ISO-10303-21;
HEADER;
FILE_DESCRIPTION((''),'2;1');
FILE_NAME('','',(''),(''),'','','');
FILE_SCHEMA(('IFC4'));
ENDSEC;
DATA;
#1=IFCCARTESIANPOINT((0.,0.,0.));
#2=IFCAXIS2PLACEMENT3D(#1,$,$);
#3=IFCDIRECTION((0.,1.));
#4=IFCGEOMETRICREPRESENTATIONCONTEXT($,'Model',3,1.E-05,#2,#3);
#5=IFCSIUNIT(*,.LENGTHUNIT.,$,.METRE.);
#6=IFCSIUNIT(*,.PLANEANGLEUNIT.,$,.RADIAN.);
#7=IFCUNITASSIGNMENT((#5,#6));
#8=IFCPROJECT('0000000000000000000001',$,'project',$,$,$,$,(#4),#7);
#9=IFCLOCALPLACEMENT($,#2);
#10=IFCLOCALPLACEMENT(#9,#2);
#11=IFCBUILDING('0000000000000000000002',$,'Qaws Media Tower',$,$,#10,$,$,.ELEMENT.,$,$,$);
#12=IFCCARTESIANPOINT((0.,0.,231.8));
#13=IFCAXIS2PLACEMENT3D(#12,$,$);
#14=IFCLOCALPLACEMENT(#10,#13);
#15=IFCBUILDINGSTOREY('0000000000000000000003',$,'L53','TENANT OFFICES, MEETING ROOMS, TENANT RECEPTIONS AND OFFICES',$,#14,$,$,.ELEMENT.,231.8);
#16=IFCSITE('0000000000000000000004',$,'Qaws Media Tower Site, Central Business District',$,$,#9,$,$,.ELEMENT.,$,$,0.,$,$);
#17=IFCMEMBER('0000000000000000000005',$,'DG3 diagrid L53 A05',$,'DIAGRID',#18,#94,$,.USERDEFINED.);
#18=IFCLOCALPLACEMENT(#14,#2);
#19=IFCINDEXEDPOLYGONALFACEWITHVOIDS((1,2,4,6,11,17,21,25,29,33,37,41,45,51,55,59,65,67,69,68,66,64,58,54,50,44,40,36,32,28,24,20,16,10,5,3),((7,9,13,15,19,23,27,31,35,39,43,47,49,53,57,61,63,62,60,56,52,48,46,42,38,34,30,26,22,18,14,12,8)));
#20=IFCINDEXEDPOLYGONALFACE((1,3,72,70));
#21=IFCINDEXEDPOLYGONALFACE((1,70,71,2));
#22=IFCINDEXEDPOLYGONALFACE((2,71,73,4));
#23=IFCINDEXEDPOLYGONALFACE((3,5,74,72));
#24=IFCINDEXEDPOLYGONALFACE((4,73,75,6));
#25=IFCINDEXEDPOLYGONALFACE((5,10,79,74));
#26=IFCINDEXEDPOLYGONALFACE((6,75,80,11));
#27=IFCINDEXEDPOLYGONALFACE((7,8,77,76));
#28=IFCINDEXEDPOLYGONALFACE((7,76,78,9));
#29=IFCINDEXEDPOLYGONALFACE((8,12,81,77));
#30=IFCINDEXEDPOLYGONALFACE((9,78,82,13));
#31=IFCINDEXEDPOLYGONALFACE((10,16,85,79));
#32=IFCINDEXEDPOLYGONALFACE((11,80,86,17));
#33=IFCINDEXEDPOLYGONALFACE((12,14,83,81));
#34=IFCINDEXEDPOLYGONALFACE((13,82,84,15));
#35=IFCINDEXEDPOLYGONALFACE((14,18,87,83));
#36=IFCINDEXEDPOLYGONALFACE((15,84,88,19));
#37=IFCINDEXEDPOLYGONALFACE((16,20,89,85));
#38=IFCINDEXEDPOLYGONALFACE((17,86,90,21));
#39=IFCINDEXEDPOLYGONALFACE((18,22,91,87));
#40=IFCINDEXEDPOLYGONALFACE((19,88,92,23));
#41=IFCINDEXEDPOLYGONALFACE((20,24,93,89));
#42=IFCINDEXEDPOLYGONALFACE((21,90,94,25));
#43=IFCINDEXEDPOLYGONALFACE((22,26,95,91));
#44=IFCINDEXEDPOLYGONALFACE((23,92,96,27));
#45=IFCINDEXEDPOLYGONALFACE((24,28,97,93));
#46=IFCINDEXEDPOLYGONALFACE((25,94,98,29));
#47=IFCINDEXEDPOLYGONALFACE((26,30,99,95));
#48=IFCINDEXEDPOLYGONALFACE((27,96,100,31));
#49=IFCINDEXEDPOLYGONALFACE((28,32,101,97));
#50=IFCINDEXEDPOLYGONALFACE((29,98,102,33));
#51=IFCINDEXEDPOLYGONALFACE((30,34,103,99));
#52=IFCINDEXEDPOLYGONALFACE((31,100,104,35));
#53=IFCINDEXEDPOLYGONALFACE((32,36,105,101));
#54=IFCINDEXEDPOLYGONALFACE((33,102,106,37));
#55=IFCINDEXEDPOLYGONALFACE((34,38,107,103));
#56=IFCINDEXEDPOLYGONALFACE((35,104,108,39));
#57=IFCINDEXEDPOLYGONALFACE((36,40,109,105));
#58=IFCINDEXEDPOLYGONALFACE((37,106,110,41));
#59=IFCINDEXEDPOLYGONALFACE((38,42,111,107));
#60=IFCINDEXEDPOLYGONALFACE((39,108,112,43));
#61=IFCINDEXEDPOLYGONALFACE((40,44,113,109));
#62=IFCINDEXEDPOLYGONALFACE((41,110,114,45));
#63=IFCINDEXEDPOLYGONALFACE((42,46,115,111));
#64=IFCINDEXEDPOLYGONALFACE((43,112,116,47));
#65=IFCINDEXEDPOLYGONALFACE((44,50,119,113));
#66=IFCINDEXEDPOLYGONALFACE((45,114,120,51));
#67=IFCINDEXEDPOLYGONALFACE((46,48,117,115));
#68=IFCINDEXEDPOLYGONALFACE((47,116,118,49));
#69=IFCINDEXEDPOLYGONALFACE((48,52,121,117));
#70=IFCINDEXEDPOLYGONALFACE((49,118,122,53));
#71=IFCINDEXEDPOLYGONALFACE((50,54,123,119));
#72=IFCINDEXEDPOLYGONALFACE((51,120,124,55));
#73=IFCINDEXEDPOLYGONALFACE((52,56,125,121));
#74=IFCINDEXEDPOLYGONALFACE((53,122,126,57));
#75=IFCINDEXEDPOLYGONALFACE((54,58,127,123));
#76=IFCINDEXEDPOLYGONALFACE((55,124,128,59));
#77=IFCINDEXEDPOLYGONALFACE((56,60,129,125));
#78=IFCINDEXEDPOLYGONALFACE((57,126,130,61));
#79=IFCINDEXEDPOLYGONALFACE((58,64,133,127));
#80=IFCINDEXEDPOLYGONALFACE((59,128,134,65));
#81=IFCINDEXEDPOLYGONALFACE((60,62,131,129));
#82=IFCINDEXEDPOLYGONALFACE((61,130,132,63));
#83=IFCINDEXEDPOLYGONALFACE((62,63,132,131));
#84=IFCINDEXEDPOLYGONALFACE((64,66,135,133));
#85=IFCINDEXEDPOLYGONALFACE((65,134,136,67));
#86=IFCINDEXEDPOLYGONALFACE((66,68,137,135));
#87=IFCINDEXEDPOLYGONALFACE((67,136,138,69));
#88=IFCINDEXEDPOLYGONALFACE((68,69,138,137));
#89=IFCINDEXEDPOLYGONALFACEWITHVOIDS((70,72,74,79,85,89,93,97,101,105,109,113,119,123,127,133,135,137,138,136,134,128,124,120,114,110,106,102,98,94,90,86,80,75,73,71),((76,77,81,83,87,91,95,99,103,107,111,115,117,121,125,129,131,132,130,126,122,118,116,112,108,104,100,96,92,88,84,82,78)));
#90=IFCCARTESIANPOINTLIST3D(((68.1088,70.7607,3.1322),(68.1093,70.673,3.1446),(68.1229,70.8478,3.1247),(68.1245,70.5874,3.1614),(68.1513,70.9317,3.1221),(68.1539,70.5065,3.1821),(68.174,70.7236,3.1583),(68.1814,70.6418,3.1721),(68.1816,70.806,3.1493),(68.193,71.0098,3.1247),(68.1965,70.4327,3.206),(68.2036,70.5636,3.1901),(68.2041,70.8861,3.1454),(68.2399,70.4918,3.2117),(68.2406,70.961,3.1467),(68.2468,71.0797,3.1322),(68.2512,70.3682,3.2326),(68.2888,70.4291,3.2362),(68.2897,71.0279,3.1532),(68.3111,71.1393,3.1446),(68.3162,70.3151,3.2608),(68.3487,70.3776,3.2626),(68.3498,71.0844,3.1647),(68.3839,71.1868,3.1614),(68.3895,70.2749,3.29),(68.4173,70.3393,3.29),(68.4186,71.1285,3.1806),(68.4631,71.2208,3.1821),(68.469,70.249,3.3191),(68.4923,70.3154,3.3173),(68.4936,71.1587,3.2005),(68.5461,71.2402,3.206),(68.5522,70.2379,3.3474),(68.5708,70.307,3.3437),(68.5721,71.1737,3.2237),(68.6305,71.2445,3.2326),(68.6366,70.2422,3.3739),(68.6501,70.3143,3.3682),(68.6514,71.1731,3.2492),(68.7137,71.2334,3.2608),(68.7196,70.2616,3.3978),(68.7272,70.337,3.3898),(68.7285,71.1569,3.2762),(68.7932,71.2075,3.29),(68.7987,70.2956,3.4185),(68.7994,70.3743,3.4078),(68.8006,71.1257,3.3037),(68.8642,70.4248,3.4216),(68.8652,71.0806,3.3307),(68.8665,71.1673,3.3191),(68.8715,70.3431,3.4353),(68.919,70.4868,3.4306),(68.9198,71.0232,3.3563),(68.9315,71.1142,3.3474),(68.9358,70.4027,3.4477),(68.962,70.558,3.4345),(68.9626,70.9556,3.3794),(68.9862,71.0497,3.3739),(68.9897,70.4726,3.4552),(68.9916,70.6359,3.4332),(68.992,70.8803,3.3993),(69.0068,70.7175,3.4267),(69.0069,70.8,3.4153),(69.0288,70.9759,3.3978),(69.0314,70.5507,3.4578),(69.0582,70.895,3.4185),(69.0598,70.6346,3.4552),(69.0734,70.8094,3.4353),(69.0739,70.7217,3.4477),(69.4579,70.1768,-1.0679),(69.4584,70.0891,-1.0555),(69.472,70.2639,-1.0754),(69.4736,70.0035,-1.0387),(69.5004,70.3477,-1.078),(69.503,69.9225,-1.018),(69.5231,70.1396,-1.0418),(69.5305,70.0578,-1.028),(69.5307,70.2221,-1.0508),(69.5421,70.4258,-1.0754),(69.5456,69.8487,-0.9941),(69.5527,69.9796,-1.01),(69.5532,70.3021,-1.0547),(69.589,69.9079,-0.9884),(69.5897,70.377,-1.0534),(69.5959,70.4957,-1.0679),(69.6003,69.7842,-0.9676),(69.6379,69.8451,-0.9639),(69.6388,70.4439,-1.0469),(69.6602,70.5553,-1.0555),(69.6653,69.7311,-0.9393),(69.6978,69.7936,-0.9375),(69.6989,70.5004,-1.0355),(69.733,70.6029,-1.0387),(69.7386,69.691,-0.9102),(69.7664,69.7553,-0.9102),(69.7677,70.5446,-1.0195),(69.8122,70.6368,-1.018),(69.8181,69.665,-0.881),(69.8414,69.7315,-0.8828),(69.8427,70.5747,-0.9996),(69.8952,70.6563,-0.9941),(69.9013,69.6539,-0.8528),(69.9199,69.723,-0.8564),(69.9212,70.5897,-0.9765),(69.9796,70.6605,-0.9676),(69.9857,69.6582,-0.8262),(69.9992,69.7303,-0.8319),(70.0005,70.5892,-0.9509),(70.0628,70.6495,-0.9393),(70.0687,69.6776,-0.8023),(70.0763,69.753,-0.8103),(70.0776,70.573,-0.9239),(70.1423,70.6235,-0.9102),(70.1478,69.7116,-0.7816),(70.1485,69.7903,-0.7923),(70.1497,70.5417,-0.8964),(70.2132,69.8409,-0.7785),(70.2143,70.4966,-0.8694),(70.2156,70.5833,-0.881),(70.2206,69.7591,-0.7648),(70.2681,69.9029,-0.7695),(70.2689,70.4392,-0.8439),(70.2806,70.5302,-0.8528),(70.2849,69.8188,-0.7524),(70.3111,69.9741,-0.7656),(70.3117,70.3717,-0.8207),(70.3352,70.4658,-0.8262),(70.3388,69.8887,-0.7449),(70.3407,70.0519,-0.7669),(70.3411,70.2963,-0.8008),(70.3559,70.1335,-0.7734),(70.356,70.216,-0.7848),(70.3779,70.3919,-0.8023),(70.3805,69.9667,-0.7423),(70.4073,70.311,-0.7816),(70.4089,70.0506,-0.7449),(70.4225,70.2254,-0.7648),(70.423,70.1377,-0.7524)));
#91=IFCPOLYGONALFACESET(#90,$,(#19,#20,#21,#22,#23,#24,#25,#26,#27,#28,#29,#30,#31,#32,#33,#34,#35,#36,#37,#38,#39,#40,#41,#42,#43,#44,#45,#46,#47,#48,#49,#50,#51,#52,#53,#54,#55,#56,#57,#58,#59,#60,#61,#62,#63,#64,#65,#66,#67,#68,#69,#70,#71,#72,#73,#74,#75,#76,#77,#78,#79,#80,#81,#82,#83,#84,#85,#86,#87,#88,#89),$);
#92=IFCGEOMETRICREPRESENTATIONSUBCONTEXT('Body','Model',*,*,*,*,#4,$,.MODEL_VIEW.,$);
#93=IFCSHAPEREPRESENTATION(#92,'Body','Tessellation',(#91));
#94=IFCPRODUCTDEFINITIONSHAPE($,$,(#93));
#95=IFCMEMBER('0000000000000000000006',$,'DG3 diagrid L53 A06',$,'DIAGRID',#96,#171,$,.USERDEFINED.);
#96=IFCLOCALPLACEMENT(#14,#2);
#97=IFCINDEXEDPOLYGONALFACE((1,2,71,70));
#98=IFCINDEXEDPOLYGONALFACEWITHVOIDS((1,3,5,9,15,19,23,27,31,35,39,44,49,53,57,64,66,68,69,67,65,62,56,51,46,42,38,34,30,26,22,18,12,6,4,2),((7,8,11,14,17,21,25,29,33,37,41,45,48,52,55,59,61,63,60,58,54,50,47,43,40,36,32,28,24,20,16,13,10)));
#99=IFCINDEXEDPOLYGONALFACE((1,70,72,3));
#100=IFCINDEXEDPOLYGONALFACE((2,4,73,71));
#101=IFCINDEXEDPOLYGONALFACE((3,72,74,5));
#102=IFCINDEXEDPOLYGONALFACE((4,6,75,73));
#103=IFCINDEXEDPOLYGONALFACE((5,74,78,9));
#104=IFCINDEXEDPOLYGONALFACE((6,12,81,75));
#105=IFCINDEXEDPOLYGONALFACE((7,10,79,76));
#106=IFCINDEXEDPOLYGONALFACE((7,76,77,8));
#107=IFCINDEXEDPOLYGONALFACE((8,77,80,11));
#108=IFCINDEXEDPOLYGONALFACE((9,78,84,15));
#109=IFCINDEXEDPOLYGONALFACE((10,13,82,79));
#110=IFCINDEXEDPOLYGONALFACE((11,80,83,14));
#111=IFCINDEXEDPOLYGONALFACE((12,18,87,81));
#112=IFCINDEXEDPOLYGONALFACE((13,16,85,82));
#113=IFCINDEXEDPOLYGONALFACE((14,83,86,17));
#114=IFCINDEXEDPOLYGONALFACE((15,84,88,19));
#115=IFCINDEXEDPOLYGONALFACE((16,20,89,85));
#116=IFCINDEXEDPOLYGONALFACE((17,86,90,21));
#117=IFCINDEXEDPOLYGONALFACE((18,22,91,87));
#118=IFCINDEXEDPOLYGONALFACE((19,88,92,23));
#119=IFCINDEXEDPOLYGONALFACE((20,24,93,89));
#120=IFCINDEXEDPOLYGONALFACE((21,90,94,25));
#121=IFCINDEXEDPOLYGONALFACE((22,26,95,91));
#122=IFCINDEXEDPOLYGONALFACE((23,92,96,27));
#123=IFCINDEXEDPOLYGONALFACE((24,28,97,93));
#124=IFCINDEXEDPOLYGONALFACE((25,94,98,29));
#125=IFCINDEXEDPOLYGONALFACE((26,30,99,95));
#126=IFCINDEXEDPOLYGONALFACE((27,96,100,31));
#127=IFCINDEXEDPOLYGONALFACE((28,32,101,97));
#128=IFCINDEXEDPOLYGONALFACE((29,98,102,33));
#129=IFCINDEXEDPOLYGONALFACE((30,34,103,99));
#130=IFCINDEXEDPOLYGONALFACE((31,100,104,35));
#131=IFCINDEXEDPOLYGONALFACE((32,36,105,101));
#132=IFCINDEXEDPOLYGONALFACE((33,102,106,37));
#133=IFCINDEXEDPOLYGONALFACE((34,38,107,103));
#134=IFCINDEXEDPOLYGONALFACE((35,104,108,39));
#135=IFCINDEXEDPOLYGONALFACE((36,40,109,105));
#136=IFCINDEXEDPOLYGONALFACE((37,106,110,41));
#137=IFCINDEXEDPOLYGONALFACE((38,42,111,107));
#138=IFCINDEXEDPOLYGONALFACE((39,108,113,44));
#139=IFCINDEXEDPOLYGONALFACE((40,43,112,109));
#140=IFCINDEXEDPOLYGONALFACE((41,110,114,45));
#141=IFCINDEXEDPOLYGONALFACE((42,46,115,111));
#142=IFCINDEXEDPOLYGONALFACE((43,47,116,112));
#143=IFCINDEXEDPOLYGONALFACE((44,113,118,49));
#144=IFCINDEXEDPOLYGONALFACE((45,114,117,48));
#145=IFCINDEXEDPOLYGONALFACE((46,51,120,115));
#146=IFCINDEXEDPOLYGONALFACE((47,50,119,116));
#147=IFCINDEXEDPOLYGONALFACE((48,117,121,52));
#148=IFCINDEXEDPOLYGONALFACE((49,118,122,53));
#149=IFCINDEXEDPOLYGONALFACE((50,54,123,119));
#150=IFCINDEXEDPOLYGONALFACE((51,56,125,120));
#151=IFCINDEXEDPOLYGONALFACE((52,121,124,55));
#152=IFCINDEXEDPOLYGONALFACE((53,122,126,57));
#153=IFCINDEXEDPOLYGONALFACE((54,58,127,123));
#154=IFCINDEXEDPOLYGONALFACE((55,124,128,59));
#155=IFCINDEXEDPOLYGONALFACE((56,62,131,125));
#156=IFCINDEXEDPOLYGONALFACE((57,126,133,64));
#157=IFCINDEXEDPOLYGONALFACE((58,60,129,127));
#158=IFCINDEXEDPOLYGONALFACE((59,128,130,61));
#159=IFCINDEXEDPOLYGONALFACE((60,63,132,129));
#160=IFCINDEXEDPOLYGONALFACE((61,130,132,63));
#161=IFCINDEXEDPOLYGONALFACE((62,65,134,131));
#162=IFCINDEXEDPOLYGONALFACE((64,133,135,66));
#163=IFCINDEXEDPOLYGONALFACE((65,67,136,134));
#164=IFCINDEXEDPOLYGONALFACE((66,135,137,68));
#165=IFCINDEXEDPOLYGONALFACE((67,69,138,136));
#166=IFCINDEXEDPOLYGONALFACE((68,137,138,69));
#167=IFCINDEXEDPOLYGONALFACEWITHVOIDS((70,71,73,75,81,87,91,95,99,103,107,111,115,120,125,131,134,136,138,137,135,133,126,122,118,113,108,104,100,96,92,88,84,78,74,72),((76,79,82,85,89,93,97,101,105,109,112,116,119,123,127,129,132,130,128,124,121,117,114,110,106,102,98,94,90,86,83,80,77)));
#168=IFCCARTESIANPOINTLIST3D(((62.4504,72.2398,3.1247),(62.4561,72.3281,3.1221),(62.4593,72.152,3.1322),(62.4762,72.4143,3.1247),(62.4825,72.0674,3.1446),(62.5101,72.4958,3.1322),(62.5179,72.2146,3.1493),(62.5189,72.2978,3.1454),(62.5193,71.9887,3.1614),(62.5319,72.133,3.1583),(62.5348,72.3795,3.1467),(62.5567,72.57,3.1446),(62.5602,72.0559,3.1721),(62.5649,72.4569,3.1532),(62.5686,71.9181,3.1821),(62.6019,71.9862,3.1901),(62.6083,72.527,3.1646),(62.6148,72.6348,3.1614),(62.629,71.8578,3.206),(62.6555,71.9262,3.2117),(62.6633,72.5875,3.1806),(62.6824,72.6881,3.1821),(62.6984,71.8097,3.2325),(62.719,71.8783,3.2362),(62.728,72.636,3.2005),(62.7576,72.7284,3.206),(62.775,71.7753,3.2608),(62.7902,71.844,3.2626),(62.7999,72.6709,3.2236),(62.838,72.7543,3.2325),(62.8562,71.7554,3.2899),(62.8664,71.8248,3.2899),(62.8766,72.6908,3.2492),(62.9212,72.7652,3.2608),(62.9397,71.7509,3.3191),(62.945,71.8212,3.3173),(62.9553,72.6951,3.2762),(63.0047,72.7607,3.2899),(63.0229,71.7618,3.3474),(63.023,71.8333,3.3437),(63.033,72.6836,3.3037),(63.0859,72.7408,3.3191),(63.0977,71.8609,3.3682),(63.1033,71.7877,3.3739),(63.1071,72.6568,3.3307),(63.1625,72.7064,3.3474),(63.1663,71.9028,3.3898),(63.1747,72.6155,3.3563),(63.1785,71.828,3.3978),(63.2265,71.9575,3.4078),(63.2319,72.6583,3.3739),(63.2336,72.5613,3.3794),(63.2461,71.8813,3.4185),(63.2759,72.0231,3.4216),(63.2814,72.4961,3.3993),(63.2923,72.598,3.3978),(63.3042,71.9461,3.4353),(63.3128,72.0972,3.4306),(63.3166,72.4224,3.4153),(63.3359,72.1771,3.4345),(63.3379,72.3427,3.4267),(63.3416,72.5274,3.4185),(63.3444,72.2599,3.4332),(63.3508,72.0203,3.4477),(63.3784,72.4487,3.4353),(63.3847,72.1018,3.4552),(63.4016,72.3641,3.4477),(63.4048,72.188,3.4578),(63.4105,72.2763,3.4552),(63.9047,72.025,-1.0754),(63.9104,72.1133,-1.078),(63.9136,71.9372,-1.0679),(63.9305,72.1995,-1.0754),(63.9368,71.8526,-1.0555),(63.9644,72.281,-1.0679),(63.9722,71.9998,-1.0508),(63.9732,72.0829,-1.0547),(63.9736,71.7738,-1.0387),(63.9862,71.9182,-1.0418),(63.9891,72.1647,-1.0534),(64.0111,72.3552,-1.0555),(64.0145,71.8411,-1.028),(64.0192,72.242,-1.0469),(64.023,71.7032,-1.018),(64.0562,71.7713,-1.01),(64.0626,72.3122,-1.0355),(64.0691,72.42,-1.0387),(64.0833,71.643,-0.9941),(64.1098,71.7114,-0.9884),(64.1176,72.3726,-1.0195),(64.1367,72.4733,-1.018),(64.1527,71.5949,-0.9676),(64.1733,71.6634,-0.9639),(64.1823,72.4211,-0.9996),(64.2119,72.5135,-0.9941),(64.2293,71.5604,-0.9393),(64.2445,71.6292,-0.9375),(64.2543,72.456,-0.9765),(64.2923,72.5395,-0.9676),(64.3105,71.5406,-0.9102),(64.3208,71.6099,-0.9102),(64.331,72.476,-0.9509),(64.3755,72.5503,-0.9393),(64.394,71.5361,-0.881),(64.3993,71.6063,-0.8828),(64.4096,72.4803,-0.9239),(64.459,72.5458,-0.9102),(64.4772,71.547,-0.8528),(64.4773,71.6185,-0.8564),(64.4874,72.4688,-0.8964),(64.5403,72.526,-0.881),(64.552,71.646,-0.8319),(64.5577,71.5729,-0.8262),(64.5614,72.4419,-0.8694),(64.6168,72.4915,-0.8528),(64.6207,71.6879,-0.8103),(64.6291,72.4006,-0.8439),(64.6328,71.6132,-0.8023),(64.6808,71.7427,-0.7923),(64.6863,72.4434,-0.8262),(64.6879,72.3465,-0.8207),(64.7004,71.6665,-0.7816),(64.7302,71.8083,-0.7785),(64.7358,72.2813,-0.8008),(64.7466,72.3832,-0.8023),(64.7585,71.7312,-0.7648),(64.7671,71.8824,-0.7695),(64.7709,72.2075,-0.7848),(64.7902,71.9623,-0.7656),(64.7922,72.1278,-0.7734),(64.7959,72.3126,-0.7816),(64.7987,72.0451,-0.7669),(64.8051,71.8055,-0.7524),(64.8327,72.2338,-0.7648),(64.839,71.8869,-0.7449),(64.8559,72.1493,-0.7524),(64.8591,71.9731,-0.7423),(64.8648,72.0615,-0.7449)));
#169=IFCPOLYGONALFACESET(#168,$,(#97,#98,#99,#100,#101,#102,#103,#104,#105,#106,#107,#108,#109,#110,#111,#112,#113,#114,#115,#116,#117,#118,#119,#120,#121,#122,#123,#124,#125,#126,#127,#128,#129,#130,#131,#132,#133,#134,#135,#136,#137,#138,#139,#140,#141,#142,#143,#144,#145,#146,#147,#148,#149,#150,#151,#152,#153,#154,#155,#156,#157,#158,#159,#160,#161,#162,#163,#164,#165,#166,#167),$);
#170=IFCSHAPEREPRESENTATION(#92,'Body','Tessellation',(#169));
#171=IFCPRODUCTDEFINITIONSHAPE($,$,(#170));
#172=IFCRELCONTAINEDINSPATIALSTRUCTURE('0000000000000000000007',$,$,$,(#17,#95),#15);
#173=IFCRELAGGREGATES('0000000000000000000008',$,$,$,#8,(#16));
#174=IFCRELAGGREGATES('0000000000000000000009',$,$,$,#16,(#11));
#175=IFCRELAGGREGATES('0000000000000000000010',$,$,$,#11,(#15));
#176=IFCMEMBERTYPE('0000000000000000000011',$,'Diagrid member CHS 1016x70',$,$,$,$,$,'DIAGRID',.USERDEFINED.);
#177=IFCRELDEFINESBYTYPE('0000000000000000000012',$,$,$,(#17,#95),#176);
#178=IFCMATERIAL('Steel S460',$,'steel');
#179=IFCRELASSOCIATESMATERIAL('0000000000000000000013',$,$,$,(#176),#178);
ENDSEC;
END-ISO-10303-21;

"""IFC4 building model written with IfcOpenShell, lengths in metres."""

from ifc_helpers import new_model, si_unit, direction, frame, origin, origin_2d, place, context, subcontext, project, spatial, hollow_circle, extrude, material, material_profile, profile_set, type_object, element, save


model = new_model("IFC4")

# Units and contexts
model_context = context("Model", 3, precision=1e-05, world=origin(), true_north=direction((0.0, 1.0)))
body_context = subcontext(model_context, "Body", "Model", "MODEL_VIEW")
ifc_project = project(units=[si_unit("LENGTHUNIT", "METRE"), si_unit("PLANEANGLEUNIT", "RADIAN")], contexts=[model_context])

# Site, building, storey
site_placement = place(None, origin())
site = spatial("IfcSite", under=ifc_project, at=site_placement, Name="Qaws Media Tower Site, Central Business District", CompositionType="ELEMENT", RefElevation=0.0)
building_placement = place(site_placement, origin())
building = spatial("IfcBuilding", under=site, at=building_placement, Name="Qaws Media Tower", CompositionType="ELEMENT")
storey_placement = place(building_placement, frame((0.0, 0.0, 231.8)))
storey = spatial("IfcBuildingStorey", under=building, at=storey_placement, Name="L53", Description="TENANT OFFICES, MEETING ROOMS, TENANT RECEPTIONS AND OFFICES", CompositionType="ELEMENT", Elevation=231.8)

# Members
ifc_material_1 = material(Name="Steel S460", Category="steel")
ifc_material_profile_1 = material_profile(ifc_material_1, hollow_circle(Radius=0.5081, WallThickness=0.0701, at=origin_2d()), Name="CHS 1016x70")
ifc_profile_set_1 = profile_set([ifc_material_profile_1], Name="Steel S460")
member_type_1 = type_object("IfcMemberType", Name="Diagrid member CHS 1016x70", ElementType="DIAGRID", PredefinedType="USERDEFINED", material=ifc_profile_set_1)
for number, where, z_axis, x_axis, name in (
    (1, (69.9404, 70.1572, -0.9102), (-0.303171, 0.131231, 0.943857), (-0.397244, -0.917713, 0.0), "DG3 diagrid L53 A05"),
    (2, (64.3848, 72.0432, -0.9102), (-0.326816, 0.048279, 0.943854), (-0.146139, -0.989264, 0.0), "DG3 diagrid L53 A06"),
):
    element("IfcMember", number, at=place(storey_placement, frame(where, z_axis=z_axis, x_axis=x_axis)), inside=storey, type_object=member_type_1, Name=name, ObjectType="DIAGRID", PredefinedType="USERDEFINED", context=body_context, shape_type="SweptSolid", body=[
        extrude(hollow_circle(Radius=0.5081, WallThickness=0.0701, at=origin_2d()), origin(), (0.0, 0.0, 1.0), 4.45),
    ])

save(model, "model.ifc")
